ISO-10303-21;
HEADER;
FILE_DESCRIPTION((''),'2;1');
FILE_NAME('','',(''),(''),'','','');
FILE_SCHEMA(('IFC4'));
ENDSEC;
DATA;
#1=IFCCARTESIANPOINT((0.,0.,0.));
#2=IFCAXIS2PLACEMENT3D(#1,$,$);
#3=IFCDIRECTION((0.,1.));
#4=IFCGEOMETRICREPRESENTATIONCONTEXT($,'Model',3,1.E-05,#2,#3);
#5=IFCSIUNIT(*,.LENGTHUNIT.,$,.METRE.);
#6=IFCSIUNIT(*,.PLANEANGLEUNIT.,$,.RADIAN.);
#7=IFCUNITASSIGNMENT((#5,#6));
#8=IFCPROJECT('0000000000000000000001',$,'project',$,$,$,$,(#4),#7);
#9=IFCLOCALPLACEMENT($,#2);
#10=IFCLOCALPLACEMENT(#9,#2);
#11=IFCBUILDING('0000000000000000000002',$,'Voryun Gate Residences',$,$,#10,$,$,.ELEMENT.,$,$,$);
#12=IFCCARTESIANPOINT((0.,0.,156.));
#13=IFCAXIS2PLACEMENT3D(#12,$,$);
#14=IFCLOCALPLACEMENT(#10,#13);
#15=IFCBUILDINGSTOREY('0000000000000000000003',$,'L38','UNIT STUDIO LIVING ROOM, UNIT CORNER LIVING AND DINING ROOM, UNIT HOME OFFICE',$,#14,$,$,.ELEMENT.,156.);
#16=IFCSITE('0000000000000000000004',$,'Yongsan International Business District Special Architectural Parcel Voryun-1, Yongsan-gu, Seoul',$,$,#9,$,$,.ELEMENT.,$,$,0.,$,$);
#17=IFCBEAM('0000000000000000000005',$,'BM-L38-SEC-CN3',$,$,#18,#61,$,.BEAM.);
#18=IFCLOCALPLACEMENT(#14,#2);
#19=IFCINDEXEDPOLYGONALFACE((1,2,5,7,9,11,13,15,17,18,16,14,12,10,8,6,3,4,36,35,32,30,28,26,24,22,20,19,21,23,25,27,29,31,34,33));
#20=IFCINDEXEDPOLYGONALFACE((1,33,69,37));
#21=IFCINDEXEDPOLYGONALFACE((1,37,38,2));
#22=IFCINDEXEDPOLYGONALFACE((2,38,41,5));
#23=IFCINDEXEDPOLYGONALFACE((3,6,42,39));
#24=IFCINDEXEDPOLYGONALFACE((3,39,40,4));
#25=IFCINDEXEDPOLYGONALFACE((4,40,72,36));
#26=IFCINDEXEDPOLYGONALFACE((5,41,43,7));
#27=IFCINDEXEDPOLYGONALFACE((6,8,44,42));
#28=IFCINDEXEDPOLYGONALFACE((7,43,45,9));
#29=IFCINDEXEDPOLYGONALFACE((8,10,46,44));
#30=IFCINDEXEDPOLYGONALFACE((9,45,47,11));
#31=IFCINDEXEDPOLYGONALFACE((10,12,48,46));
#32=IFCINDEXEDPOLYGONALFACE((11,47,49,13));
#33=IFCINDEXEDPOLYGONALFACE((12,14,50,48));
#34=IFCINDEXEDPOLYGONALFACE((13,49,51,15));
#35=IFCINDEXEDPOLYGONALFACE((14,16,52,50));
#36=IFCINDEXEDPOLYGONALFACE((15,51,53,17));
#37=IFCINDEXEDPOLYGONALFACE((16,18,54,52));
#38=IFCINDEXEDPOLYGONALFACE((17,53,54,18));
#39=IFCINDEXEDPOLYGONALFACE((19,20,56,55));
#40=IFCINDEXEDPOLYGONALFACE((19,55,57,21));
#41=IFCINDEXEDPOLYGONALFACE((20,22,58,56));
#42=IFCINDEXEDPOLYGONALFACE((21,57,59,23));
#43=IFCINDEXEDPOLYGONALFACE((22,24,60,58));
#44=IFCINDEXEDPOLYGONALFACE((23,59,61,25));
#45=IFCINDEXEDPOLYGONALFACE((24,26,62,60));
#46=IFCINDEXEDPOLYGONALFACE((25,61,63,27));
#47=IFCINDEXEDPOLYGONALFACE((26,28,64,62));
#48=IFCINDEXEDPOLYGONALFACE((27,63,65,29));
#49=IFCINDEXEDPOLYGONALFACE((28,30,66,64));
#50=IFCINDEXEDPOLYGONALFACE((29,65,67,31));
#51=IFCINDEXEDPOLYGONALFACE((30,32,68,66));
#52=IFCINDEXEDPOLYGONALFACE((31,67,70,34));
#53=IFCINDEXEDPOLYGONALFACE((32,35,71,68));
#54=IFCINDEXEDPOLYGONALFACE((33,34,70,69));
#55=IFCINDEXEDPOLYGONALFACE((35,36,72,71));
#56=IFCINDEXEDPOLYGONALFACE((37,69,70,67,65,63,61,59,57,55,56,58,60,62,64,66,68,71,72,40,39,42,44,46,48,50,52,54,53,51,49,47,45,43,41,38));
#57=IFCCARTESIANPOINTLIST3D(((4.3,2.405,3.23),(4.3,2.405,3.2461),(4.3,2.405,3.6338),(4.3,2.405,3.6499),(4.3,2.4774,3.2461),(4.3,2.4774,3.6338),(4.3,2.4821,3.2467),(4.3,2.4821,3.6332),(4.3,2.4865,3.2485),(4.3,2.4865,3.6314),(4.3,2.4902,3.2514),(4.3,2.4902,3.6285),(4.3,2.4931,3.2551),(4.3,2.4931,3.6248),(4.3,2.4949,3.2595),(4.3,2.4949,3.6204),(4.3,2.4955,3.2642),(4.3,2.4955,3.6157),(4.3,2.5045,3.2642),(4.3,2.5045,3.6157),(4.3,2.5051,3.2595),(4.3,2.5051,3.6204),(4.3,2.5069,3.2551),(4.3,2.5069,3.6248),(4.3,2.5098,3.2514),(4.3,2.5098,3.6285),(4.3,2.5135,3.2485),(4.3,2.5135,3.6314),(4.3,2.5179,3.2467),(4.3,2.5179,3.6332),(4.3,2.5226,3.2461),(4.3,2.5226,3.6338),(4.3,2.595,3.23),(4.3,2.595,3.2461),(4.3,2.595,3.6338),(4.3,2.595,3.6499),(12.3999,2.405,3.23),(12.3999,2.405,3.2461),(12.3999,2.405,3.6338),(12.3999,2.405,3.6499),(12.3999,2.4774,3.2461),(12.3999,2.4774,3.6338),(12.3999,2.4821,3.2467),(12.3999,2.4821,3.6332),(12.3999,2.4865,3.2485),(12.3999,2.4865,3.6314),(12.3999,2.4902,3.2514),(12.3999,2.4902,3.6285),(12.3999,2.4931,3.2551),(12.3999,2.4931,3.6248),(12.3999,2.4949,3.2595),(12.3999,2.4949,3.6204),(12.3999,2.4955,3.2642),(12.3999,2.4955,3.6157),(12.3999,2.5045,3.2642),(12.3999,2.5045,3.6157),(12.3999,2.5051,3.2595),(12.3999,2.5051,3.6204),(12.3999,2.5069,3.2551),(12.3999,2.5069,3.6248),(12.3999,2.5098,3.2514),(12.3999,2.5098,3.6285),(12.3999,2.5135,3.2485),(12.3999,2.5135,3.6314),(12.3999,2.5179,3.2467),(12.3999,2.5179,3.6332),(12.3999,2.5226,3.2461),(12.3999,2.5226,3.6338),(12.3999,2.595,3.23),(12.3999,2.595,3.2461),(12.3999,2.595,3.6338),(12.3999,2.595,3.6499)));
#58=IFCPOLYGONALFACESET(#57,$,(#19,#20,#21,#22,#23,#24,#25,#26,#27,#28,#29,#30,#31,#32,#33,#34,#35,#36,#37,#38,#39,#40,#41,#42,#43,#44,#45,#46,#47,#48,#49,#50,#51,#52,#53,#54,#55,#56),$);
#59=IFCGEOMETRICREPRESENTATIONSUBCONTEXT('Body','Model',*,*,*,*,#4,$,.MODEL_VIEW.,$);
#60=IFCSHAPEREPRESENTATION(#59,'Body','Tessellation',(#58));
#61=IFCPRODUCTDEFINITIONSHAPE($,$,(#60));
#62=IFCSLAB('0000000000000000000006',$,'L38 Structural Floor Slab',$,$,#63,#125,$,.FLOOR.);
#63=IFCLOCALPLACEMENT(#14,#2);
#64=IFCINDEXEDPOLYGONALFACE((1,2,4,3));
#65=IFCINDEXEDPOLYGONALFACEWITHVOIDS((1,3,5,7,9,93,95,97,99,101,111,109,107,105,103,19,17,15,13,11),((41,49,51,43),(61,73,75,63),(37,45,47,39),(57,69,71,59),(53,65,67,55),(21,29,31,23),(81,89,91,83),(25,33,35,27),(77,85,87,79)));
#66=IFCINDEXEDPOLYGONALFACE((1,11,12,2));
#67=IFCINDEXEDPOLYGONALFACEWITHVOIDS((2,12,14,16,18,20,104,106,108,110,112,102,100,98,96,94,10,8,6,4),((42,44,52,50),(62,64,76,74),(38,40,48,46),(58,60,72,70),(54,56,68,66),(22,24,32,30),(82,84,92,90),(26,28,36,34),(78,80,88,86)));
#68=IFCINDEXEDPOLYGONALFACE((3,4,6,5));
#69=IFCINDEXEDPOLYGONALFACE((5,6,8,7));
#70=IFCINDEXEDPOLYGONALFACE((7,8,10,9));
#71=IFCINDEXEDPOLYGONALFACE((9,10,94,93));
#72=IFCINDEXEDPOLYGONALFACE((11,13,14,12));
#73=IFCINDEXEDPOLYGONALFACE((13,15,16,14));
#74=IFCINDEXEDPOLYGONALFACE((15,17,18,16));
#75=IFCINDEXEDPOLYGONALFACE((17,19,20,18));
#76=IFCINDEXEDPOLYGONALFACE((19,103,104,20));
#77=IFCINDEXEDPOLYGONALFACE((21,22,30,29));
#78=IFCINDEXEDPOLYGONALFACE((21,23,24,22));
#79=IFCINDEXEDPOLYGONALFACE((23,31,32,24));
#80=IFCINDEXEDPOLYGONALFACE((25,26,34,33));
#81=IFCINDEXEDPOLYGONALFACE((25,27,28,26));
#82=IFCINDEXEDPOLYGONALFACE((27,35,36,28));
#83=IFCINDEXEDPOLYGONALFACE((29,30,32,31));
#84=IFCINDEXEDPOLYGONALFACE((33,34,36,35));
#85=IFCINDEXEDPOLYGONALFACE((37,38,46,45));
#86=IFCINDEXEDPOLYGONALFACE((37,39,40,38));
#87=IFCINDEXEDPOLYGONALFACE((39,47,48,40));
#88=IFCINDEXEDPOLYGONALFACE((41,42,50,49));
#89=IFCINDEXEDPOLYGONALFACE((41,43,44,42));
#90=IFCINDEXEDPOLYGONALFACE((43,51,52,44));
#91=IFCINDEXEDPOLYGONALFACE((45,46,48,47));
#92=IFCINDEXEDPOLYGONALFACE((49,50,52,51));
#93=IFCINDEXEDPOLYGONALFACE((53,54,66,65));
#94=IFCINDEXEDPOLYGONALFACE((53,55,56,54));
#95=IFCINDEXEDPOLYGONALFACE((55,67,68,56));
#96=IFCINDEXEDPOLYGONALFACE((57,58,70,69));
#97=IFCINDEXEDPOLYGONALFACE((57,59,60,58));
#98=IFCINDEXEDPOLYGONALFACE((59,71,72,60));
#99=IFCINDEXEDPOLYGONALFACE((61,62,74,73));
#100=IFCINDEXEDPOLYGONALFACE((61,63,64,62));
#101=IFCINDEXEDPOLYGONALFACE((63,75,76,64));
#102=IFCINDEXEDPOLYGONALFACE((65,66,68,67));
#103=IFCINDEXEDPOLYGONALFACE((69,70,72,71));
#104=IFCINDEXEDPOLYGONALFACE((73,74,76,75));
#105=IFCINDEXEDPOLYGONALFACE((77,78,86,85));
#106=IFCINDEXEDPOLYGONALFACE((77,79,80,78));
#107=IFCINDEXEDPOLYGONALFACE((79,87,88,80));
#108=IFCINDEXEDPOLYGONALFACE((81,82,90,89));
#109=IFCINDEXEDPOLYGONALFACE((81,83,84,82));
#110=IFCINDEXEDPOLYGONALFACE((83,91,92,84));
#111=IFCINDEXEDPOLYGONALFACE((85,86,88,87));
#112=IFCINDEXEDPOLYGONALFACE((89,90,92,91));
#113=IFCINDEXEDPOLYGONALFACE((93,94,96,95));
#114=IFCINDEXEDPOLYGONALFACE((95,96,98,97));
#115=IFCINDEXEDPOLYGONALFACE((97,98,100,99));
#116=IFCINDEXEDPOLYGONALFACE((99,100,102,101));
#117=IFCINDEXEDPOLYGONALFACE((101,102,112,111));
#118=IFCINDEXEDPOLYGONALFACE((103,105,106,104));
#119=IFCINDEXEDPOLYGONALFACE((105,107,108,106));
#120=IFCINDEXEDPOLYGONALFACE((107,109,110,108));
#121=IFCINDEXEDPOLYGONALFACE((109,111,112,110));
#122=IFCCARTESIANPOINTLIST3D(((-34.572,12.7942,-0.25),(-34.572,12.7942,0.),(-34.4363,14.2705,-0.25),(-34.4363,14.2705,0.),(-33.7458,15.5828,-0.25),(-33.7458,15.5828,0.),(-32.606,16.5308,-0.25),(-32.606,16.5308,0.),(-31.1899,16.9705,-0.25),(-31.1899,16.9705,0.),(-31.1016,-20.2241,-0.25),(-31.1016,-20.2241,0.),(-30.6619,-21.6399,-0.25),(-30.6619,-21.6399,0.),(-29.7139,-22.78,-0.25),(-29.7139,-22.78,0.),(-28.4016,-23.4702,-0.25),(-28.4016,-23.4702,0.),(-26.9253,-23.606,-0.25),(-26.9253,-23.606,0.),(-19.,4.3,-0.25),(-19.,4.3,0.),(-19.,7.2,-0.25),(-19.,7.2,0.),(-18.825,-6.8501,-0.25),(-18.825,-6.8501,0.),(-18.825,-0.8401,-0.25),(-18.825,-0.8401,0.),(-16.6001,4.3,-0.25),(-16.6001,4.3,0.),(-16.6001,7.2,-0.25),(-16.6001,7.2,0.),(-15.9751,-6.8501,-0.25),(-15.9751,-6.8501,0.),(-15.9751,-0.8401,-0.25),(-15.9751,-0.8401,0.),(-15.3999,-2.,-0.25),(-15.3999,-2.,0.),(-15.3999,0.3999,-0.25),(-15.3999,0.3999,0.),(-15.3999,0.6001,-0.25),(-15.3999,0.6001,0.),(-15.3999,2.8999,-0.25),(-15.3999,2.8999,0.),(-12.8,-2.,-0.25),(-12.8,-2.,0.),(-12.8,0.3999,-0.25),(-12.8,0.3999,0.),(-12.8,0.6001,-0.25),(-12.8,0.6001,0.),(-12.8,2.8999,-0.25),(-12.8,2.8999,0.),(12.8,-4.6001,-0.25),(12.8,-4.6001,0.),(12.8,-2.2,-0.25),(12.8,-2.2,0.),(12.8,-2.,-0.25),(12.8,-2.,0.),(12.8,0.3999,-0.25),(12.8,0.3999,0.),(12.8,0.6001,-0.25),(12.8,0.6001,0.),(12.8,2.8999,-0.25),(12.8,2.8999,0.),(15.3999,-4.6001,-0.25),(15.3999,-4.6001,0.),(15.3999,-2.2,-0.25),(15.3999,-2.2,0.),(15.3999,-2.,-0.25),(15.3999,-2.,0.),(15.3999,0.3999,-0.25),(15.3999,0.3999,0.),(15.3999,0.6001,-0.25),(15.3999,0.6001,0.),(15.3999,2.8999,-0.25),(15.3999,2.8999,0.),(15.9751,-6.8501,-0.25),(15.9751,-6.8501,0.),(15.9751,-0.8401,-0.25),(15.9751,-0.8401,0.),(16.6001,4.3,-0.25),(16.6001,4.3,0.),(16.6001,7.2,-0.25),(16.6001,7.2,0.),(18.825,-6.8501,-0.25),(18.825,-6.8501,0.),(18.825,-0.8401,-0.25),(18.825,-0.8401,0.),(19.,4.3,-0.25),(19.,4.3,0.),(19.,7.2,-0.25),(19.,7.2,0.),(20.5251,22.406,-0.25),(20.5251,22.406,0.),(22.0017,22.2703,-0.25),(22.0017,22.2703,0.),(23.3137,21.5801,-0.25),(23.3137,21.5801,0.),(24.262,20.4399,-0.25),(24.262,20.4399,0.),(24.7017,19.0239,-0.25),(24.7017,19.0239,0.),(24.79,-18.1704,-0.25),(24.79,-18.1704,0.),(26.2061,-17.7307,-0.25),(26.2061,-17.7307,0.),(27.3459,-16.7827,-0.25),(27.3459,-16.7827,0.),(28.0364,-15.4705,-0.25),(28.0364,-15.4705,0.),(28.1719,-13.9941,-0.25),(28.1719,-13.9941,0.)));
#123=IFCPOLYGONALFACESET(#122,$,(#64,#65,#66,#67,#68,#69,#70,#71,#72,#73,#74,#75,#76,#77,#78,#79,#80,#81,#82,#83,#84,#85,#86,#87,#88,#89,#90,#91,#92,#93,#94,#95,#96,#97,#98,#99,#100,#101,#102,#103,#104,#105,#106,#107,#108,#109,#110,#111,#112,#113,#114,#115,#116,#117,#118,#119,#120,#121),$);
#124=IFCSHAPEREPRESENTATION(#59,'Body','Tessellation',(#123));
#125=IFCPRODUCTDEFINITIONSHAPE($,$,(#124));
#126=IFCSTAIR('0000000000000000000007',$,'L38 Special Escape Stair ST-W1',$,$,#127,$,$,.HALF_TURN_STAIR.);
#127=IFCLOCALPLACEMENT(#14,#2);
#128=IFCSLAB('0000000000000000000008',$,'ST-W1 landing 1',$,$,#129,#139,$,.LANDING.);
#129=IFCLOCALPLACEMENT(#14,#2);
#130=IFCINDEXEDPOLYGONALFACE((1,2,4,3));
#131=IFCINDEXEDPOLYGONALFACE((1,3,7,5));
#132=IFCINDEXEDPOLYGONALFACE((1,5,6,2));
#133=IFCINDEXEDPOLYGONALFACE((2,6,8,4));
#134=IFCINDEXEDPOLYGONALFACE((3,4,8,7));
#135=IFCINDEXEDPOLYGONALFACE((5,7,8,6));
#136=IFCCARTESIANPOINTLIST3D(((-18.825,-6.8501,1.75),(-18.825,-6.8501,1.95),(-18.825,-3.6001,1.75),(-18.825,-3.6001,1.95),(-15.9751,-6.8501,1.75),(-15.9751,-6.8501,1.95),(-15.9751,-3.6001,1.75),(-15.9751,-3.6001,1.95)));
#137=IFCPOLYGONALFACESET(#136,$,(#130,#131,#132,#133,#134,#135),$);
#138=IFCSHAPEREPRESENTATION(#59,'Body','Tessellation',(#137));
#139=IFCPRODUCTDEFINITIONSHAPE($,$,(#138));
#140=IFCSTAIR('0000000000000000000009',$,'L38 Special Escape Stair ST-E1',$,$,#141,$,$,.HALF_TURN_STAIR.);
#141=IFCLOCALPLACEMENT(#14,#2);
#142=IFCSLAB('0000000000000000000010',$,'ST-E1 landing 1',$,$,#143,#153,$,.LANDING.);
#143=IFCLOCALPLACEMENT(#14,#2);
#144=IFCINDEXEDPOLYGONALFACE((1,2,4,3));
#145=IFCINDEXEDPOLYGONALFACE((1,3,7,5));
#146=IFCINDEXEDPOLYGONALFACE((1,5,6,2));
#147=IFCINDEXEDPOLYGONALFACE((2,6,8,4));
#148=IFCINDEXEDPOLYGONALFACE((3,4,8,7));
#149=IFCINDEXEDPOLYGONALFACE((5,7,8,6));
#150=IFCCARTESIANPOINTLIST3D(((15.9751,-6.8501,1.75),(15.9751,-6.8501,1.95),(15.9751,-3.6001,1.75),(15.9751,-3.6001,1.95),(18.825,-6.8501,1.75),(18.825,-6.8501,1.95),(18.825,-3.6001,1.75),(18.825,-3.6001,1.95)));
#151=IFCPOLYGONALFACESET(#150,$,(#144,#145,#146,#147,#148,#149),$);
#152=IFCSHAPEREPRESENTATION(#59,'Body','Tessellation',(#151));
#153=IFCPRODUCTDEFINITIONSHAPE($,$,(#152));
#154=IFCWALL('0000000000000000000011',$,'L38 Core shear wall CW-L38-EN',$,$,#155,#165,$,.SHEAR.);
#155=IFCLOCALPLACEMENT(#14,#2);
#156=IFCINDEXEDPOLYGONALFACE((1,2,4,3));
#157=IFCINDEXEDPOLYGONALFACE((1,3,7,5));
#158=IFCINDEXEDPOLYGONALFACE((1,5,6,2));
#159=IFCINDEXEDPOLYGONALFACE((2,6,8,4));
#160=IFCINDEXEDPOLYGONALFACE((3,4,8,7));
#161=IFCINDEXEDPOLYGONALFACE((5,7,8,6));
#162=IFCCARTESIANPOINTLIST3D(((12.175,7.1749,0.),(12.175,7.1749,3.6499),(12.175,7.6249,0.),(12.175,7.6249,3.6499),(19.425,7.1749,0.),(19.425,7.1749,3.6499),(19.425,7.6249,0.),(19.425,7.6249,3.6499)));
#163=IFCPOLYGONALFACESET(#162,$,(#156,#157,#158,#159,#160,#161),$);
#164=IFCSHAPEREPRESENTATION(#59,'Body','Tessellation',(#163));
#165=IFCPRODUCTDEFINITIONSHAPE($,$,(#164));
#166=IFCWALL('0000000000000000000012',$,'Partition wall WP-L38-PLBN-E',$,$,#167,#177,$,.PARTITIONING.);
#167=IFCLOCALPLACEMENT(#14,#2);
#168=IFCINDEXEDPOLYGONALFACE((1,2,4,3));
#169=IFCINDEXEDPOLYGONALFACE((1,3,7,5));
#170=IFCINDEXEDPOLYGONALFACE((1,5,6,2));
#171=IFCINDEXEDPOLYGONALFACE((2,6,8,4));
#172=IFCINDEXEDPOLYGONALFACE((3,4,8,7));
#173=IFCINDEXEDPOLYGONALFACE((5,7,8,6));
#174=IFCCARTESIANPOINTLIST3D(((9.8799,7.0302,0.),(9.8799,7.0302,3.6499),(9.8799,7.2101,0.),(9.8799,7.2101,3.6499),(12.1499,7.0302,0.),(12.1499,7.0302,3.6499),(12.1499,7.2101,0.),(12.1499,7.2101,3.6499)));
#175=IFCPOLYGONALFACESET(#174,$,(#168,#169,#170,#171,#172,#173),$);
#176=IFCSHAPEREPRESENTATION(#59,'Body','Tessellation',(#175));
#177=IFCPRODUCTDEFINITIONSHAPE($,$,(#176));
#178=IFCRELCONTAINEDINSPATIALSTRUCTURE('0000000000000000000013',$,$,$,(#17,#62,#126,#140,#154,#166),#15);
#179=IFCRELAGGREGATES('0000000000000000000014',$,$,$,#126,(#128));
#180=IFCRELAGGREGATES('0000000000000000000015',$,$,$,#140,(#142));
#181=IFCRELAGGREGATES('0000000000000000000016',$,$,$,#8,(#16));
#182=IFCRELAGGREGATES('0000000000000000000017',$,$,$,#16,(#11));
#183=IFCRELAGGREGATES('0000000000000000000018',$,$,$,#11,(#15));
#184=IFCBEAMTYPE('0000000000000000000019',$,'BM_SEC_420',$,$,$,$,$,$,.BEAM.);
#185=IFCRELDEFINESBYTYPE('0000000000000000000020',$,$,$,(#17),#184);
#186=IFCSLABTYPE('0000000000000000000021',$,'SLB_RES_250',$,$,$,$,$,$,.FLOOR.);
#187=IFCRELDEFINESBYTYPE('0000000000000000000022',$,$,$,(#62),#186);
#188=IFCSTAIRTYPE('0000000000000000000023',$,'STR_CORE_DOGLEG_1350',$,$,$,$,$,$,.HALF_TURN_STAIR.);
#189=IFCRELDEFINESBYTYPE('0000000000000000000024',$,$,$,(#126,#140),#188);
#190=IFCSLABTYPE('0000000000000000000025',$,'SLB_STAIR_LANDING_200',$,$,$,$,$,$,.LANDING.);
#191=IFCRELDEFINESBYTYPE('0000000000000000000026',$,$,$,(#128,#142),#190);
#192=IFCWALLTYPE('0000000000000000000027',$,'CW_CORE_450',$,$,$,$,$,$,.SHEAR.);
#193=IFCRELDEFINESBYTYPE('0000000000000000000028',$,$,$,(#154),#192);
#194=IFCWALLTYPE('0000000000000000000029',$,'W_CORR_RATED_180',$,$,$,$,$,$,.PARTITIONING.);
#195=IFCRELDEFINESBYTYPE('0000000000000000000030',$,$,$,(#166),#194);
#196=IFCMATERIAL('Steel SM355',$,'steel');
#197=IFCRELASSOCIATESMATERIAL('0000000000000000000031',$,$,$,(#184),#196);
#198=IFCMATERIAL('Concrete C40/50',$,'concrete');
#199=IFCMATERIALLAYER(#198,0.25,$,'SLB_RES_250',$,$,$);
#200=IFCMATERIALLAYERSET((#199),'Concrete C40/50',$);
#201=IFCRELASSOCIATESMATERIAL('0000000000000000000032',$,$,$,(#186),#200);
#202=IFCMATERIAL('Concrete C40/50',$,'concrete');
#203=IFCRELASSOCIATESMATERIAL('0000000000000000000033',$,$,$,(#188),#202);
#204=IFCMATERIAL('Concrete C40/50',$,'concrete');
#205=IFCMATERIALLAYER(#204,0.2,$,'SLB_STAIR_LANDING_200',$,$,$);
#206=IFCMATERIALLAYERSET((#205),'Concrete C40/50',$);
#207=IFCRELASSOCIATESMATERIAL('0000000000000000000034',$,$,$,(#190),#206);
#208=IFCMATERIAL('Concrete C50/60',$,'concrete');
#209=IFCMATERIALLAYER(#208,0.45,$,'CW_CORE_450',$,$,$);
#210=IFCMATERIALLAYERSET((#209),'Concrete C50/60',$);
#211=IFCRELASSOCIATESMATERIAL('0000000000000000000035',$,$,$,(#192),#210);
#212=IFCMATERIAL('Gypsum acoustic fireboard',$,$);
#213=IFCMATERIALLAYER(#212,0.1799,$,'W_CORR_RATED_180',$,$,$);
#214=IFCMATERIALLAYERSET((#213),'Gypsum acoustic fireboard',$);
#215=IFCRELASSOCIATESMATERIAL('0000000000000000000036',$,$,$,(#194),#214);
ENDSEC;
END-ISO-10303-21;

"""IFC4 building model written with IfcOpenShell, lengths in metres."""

from ifc_helpers import new_model, si_unit, direction, frame, frame_2d, origin, origin_2d, place, context, subcontext, project, spatial, polyline, rectangle, i_section, outline, extrude, material, layer, layer_set, material_profile, profile_set, type_object, element, aggregate, save


model = new_model("IFC4")

# Units and contexts
model_context = context("Model", 3, precision=1e-05, world=origin(), true_north=direction((0.0, 1.0)))
body_context = subcontext(model_context, "Body", "Model", "MODEL_VIEW")
ifc_project = project(units=[si_unit("LENGTHUNIT", "METRE"), si_unit("PLANEANGLEUNIT", "RADIAN")], contexts=[model_context])

# Site, building, storey
site_placement = place(None, origin())
site = spatial("IfcSite", under=ifc_project, at=site_placement, Name="Yongsan International Business District Special Architectural Parcel Voryun-1, Yongsan-gu, Seoul", CompositionType="ELEMENT", RefElevation=0.0)
building_placement = place(site_placement, origin())
building = spatial("IfcBuilding", under=site, at=building_placement, Name="Voryun Gate Residences", CompositionType="ELEMENT")
storey_placement = place(building_placement, frame((0.0, 0.0, 156.0)))
storey = spatial("IfcBuildingStorey", under=building, at=storey_placement, Name="L38", Description="UNIT STUDIO LIVING ROOM, UNIT CORNER LIVING AND DINING ROOM, UNIT HOME OFFICE", CompositionType="ELEMENT", Elevation=156.0)

# Beam
ifc_material_1 = material(Name="Steel SM355", Category="steel")
ifc_material_profile_1 = material_profile(ifc_material_1, i_section(OverallWidth=0.1899, OverallDepth=0.4199, WebThickness=0.009, FlangeThickness=0.0161, FilletRadius=0.0181, at=origin_2d()), Name="H-420x190x9x16")
ifc_profile_set_1 = profile_set([ifc_material_profile_1], Name="Steel SM355")
beam_type_1 = type_object("IfcBeamType", Name="BM_SEC_420", PredefinedType="BEAM", material=ifc_profile_set_1)
for number, where, z_axis, x_axis, name in (
    (1, (4.3, 2.5, 3.4399), (1.0, 0.0, 0.0), (0.0, 1.0, 0.0), "BM-L38-SEC-CN3"),
):
    element("IfcBeam", number, at=place(storey_placement, frame(where, z_axis=z_axis, x_axis=x_axis)), inside=storey, type_object=beam_type_1, Name=name, PredefinedType="BEAM", context=body_context, shape_type="SweptSolid", body=[
        extrude(i_section(OverallWidth=0.1899, OverallDepth=0.4199, WebThickness=0.009, FlangeThickness=0.0161, FilletRadius=0.0181, at=origin_2d()), origin(), (0.0, 0.0, 1.0), 8.0999),
    ])

# Slab
ifc_material_2 = material(Name="Concrete C40/50", Category="concrete")
ifc_layer_1 = layer(ifc_material_2, 0.25, Name="SLB_RES_250")
ifc_layer_set_1 = layer_set([ifc_layer_1], Name="Concrete C40/50")
slab_type_1 = type_object("IfcSlabType", Name="SLB_RES_250", PredefinedType="FLOOR", material=ifc_layer_set_1)
slab_1_placement = place(storey_placement, frame((0.0, 0.0, -0.25)))
element("IfcSlab", 2, at=slab_1_placement, inside=storey, type_object=slab_type_1, Name="L38 Structural Floor Slab", PredefinedType="FLOOR", context=body_context, shape_type="SweptSolid", body=[
    extrude(outline(polyline([(-26.9253, -23.606), (-28.4016, -23.4702), (-29.7139, -22.78), (-30.6619, -21.6399), (-31.1016, -20.2241), (-34.572, 12.7942), (-34.4363, 14.2705), (-33.7458, 15.5828), (-32.606, 16.5308), (-31.1899, 16.9705), (20.5251, 22.406), (22.0017, 22.2703), (23.3137, 21.5801), (24.262, 20.4399), (24.7017, 19.0239), (28.1719, -13.9941), (28.0364, -15.4705), (27.3459, -16.7827), (26.2061, -17.7307), (24.79, -18.1704), (-26.9253, -23.606)]), holes=[polyline([(-15.9751, -6.8501), (-15.9751, -0.8401), (-18.825, -0.8401), (-18.825, -6.8501), (-15.9751, -6.8501)]), polyline([(18.825, -6.8501), (18.825, -0.8401), (15.9751, -0.8401), (15.9751, -6.8501), (18.825, -6.8501)]), polyline([(15.3999, -2.2), (12.8, -2.2), (12.8, -4.6001), (15.3999, -4.6001), (15.3999, -2.2)]), polyline([(-12.8, 0.3999), (-15.3999, 0.3999), (-15.3999, -2.0), (-12.8, -2.0), (-12.8, 0.3999)]), polyline([(15.3999, 0.3999), (12.8, 0.3999), (12.8, -2.0), (15.3999, -2.0), (15.3999, 0.3999)]), polyline([(-12.8, 2.8999), (-15.3999, 2.8999), (-15.3999, 0.6001), (-12.8, 0.6001), (-12.8, 2.8999)]), polyline([(15.3999, 2.8999), (12.8, 2.8999), (12.8, 0.6001), (15.3999, 0.6001), (15.3999, 2.8999)]), polyline([(-16.6001, 4.3), (-16.6001, 7.2), (-19.0, 7.2), (-19.0, 4.3), (-16.6001, 4.3)]), polyline([(19.0, 4.3), (19.0, 7.2), (16.6001, 7.2), (16.6001, 4.3), (19.0, 4.3)])]), origin(), (0.0, 0.0, 1.0), 0.25),
])

# Stairs, slabs
ifc_material_3 = material(Name="Concrete C40/50", Category="concrete")
stair_type = type_object("IfcStairType", Name="STR_CORE_DOGLEG_1350", PredefinedType="HALF_TURN_STAIR", material=ifc_material_3)
stair_1_placement = place(storey_placement, origin())
stair_1 = element("IfcStair", 3, at=stair_1_placement, inside=storey, type_object=stair_type, Name="L38 Special Escape Stair ST-W1", PredefinedType="HALF_TURN_STAIR")
ifc_material_4 = material(Name="Concrete C40/50", Category="concrete")
ifc_layer_2 = layer(ifc_material_4, 0.2, Name="SLB_STAIR_LANDING_200")
ifc_layer_set_2 = layer_set([ifc_layer_2], Name="Concrete C40/50")
slab_type_2 = type_object("IfcSlabType", Name="SLB_STAIR_LANDING_200", PredefinedType="LANDING", material=ifc_layer_set_2)
slab_2_placement = place(storey_placement, frame((0.0, 0.0, 1.75)))
slab_2 = element("IfcSlab", 4, at=slab_2_placement, type_object=slab_type_2, Name="ST-W1 landing 1", PredefinedType="LANDING", context=body_context, shape_type="SweptSolid", body=[
    extrude(outline(polyline([(-18.825, -3.6001), (-18.825, -6.8501), (-15.9751, -6.8501), (-15.9751, -3.6001), (-18.825, -3.6001)])), origin(), (0.0, 0.0, 1.0), 0.2),
])
aggregate(stair_1, [slab_2])
stair_2_placement = place(storey_placement, origin())
stair_2 = element("IfcStair", 5, at=stair_2_placement, inside=storey, type_object=stair_type, Name="L38 Special Escape Stair ST-E1", PredefinedType="HALF_TURN_STAIR")
slab_3_placement = place(storey_placement, frame((0.0, 0.0, 1.75)))
slab_3 = element("IfcSlab", 6, at=slab_3_placement, type_object=slab_type_2, Name="ST-E1 landing 1", PredefinedType="LANDING", context=body_context, shape_type="SweptSolid", body=[
    extrude(outline(polyline([(15.9751, -3.6001), (15.9751, -6.8501), (18.825, -6.8501), (18.825, -3.6001), (15.9751, -3.6001)])), origin(), (0.0, 0.0, 1.0), 0.2),
])
aggregate(stair_2, [slab_3])

# Walls
ifc_material_5 = material(Name="Concrete C50/60", Category="concrete")
ifc_layer_3 = layer(ifc_material_5, 0.45, Name="CW_CORE_450")
ifc_layer_set_3 = layer_set([ifc_layer_3], Name="Concrete C50/60")
wall_type_1 = type_object("IfcWallType", Name="CW_CORE_450", PredefinedType="SHEAR", material=ifc_layer_set_3)
wall_1_placement = place(storey_placement, frame((12.175, 7.3999, 0.0), z_axis=(0.0, 0.0, 1.0), x_axis=(1.0, 0.0, 0.0)))
element("IfcWall", 7, at=wall_1_placement, inside=storey, type_object=wall_type_1, Name="L38 Core shear wall CW-L38-EN", PredefinedType="SHEAR", context=body_context, shape_type="SweptSolid", body=[
    extrude(rectangle(XDim=7.25, YDim=0.45, at=frame_2d((3.625, 0.0))), origin(), (0.0, 0.0, 1.0), 3.6499),
])
ifc_material_6 = material(Name="Gypsum acoustic fireboard")
ifc_layer_4 = layer(ifc_material_6, 0.1799, Name="W_CORR_RATED_180")
ifc_layer_set_4 = layer_set([ifc_layer_4], Name="Gypsum acoustic fireboard")
wall_type_2 = type_object("IfcWallType", Name="W_CORR_RATED_180", PredefinedType="PARTITIONING", material=ifc_layer_set_4)
wall_2_placement = place(storey_placement, frame((9.8799, 7.1201, 0.0), z_axis=(0.0, 0.0, 1.0), x_axis=(1.0, 0.0, 0.0)))
element("IfcWall", 8, at=wall_2_placement, inside=storey, type_object=wall_type_2, Name="Partition wall WP-L38-PLBN-E", PredefinedType="PARTITIONING", context=body_context, shape_type="SweptSolid", body=[
    extrude(rectangle(XDim=2.27, YDim=0.1799, at=frame_2d((1.135, 0.0))), origin(), (0.0, 0.0, 1.0), 3.6499),
])

save(model, "model.ifc")
